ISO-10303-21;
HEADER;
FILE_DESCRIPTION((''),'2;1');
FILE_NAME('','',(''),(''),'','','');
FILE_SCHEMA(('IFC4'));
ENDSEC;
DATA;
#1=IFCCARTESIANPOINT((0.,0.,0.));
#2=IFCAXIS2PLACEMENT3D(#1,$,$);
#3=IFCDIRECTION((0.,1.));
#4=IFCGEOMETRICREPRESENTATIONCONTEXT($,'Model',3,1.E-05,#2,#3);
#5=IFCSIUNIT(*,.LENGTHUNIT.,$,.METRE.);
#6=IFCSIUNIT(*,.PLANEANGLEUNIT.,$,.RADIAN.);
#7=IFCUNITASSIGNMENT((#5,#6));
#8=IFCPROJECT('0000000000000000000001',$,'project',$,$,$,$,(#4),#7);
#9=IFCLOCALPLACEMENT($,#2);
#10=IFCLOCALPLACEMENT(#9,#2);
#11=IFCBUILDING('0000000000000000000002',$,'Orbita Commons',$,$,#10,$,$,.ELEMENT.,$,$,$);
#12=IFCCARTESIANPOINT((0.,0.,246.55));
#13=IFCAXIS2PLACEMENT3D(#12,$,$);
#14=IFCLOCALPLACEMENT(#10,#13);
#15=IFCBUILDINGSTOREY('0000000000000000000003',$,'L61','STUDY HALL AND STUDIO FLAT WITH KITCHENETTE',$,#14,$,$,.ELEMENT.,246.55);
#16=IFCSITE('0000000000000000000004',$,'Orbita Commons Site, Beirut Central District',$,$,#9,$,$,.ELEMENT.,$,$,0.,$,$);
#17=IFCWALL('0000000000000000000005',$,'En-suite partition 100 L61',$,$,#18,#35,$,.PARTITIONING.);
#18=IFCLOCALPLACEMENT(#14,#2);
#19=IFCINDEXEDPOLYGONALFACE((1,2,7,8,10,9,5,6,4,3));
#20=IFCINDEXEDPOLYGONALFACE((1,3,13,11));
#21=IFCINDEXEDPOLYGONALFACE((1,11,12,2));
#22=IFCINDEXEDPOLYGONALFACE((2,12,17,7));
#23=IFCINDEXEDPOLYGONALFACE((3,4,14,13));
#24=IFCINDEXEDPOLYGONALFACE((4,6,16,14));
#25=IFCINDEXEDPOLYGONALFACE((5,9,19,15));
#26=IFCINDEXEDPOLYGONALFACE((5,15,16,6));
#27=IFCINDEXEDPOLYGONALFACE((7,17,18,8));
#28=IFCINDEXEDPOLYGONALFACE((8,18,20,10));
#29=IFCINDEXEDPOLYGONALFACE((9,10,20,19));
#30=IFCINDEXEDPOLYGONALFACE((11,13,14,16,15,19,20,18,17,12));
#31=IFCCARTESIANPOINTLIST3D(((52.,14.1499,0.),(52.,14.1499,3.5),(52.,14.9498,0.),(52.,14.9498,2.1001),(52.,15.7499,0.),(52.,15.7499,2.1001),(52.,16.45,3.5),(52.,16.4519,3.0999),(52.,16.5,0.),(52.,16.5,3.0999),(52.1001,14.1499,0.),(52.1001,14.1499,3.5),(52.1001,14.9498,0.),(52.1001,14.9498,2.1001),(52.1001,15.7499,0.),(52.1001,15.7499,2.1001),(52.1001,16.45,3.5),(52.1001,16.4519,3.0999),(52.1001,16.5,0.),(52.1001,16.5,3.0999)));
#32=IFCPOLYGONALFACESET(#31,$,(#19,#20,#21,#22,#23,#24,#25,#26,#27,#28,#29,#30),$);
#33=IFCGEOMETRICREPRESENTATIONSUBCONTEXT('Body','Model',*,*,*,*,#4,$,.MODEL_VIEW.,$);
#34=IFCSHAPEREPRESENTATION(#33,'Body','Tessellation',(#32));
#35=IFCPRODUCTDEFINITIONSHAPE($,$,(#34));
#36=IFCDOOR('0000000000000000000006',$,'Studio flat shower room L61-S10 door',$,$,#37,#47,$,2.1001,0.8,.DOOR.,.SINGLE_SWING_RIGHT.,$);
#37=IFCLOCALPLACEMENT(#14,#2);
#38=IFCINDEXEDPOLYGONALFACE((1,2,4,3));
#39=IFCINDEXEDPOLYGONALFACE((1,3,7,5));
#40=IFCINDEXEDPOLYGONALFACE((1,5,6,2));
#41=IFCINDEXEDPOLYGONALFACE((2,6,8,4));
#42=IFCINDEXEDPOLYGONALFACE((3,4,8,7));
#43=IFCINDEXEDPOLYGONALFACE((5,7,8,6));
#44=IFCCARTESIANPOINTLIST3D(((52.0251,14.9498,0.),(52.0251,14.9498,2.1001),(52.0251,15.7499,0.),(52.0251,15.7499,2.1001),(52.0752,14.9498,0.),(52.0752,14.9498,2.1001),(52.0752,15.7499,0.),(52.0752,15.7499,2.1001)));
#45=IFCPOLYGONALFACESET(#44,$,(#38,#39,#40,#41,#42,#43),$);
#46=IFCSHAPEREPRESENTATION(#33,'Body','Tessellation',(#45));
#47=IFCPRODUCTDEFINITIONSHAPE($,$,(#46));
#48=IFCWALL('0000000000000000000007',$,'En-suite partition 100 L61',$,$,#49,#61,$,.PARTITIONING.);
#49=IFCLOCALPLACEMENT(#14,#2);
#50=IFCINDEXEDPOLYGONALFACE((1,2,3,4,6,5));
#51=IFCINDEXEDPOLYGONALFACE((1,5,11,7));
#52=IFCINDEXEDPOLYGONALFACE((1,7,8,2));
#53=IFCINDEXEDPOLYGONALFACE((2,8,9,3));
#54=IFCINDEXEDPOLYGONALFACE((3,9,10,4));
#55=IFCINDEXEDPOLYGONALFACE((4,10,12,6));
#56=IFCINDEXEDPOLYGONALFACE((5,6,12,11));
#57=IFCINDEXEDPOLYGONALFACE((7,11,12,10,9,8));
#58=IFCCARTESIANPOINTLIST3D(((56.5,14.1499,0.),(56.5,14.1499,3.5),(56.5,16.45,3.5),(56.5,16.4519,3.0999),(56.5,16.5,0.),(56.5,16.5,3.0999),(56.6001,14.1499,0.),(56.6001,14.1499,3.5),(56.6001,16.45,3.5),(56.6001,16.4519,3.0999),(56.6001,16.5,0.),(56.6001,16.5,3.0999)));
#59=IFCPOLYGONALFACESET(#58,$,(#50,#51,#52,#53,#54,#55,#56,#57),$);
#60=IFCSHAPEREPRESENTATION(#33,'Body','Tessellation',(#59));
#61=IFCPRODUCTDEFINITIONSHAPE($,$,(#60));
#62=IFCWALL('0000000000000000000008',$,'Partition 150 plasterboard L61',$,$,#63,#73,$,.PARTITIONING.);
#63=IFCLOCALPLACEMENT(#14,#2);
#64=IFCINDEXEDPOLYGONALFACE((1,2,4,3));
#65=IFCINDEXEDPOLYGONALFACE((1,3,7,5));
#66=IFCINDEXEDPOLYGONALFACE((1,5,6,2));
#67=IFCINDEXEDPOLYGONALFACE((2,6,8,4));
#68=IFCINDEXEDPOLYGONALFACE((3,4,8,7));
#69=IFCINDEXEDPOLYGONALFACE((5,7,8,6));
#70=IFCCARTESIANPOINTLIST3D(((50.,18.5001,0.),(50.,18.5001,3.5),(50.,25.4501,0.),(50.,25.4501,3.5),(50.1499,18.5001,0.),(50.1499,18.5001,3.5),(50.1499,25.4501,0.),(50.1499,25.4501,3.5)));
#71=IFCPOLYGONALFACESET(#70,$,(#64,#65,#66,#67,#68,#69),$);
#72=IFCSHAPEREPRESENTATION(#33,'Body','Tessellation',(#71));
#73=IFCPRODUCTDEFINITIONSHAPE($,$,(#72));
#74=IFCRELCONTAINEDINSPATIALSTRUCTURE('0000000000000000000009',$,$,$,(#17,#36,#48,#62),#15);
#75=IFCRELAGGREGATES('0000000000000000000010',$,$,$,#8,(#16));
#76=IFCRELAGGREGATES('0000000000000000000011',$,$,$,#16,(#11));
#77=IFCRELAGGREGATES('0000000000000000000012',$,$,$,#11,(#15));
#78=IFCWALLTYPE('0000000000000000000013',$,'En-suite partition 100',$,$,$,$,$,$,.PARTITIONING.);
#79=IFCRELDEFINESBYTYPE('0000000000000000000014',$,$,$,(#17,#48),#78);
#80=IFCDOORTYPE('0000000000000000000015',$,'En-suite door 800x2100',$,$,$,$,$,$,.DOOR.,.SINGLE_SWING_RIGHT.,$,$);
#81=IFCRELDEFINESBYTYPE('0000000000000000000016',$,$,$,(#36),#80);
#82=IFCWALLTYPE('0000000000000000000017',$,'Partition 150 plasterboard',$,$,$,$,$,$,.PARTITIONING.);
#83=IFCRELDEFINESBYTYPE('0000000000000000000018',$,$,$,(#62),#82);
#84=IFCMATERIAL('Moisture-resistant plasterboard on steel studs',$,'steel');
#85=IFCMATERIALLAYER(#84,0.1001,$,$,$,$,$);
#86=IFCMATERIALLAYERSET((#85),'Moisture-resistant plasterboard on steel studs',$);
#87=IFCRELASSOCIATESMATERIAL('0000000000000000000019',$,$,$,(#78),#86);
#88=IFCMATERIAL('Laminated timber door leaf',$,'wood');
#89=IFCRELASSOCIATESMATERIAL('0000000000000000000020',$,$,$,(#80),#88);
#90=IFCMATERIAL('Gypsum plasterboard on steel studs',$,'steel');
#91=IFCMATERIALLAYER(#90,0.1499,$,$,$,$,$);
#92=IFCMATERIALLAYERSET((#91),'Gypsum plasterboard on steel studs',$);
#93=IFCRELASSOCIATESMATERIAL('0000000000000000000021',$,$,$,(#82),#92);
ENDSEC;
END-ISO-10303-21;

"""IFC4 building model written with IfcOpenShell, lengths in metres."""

from ifc_helpers import new_model, si_unit, direction, frame, frame_2d, origin, place, context, subcontext, project, spatial, polyline, rectangle, outline, extrude, material, layer, layer_set, type_object, element, fill, save


model = new_model("IFC4")

# Units and contexts
model_context = context("Model", 3, precision=1e-05, world=origin(), true_north=direction((0.0, 1.0)))
body_context = subcontext(model_context, "Body", "Model", "MODEL_VIEW")
ifc_project = project(units=[si_unit("LENGTHUNIT", "METRE"), si_unit("PLANEANGLEUNIT", "RADIAN")], contexts=[model_context])

# Site, building, storey
site_placement = place(None, origin())
site = spatial("IfcSite", under=ifc_project, at=site_placement, Name="Orbita Commons Site, Beirut Central District", CompositionType="ELEMENT", RefElevation=0.0)
building_placement = place(site_placement, origin())
building = spatial("IfcBuilding", under=site, at=building_placement, Name="Orbita Commons", CompositionType="ELEMENT")
storey_placement = place(building_placement, frame((0.0, 0.0, 246.55)))
storey = spatial("IfcBuildingStorey", under=building, at=storey_placement, Name="L61", Description="STUDY HALL AND STUDIO FLAT WITH KITCHENETTE", CompositionType="ELEMENT", Elevation=246.55)

# Shared definitions
ifc_material_1 = material(Name="Moisture-resistant plasterboard on steel studs", Category="steel")
ifc_layer_1 = layer(ifc_material_1, 0.1001)
ifc_layer_set_1 = layer_set([ifc_layer_1], Name="Moisture-resistant plasterboard on steel studs")
wall_type_1 = type_object("IfcWallType", Name="En-suite partition 100", PredefinedType="PARTITIONING", material=ifc_layer_set_1)
ifc_material_2 = material(Name="Laminated timber door leaf", Category="wood")
door_type_1 = type_object("IfcDoorType", Name="En-suite door 800x2100", OperationType="SINGLE_SWING_RIGHT", PredefinedType="DOOR", material=ifc_material_2)

# Wall, opening, door
wall_1_placement = place(storey_placement, frame((52.05, 14.1499, 0.0), z_axis=(0.0, 0.0, 1.0), x_axis=(0.0, 1.0, 0.0)))
wall_1 = element("IfcWall", 1, at=wall_1_placement, inside=storey, type_object=wall_type_1, Name="En-suite partition 100 L61", PredefinedType="PARTITIONING", context=body_context, shape_type="SweptSolid", body=[
    extrude(outline(polyline([(0.0, 0.0), (2.3501, 0.0), (2.3501, 3.0999), (2.302, 3.0999), (2.3, 3.5), (0.0, 3.5), (0.0, 0.0)])), frame((0.0, 0.05, 0.0), z_axis=(0.0, -1.0, 0.0), x_axis=(1.0, 0.0, 0.0)), (0.0, 0.0, 1.0), 0.1001),
])
opening_1_placement = place(wall_1_placement, frame((0.8, 0.0, 0.0)))
opening_1 = element("IfcOpeningElement", 2, at=opening_1_placement, cuts=wall_1, PredefinedType="OPENING", context=body_context, shape_type="SweptSolid", body=[
    extrude(rectangle(XDim=0.8, YDim=2.1001, at=frame_2d((0.3999, 1.05))), frame((0.0, 0.0601, 0.0), z_axis=(0.0, -1.0, 0.0), x_axis=(1.0, 0.0, 0.0)), (0.0, 0.0, 1.0), 0.1201),
])
door_1_placement = place(opening_1_placement, origin())
door_1 = element("IfcDoor", 3, at=door_1_placement, inside=storey, type_object=door_type_1, Name="Studio flat shower room L61-S10 door", OperationType="SINGLE_SWING_RIGHT", OverallHeight=2.1001, OverallWidth=0.8, PredefinedType="DOOR", context=body_context, shape_type="SweptSolid", body=[
    extrude(rectangle(XDim=0.8, YDim=2.1001, at=frame_2d((0.3999, 1.05))), frame((0.0, 0.0249, 0.0), z_axis=(0.0, -1.0, 0.0), x_axis=(1.0, 0.0, 0.0)), (0.0, 0.0, 1.0), 0.05),
])
fill(opening_1, door_1)

# Walls
wall_2_placement = place(storey_placement, frame((56.55, 14.1499, 0.0), z_axis=(0.0, 0.0, 1.0), x_axis=(0.0, 1.0, 0.0)))
element("IfcWall", 4, at=wall_2_placement, inside=storey, type_object=wall_type_1, Name="En-suite partition 100 L61", PredefinedType="PARTITIONING", context=body_context, shape_type="SweptSolid", body=[
    extrude(outline(polyline([(0.0, 0.0), (2.3501, 0.0), (2.3501, 3.0999), (2.302, 3.0999), (2.3, 3.5), (0.0, 3.5), (0.0, 0.0)])), frame((0.0, 0.05, 0.0), z_axis=(0.0, -1.0, 0.0), x_axis=(1.0, 0.0, 0.0)), (0.0, 0.0, 1.0), 0.1001),
])
ifc_material_3 = material(Name="Gypsum plasterboard on steel studs", Category="steel")
ifc_layer_2 = layer(ifc_material_3, 0.1499)
ifc_layer_set_2 = layer_set([ifc_layer_2], Name="Gypsum plasterboard on steel studs")
wall_type_2 = type_object("IfcWallType", Name="Partition 150 plasterboard", PredefinedType="PARTITIONING", material=ifc_layer_set_2)
wall_3_placement = place(storey_placement, frame((50.075, 18.5, 0.0), z_axis=(0.0, 0.0, 1.0), x_axis=(0.0, 1.0, 0.0)))
element("IfcWall", 5, at=wall_3_placement, inside=storey, type_object=wall_type_2, Name="Partition 150 plasterboard L61", PredefinedType="PARTITIONING", context=body_context, shape_type="SweptSolid", body=[
    extrude(rectangle(XDim=6.95, YDim=0.1499, at=frame_2d((3.4751, 0.0))), origin(), (0.0, 0.0, 1.0), 3.5),
])

save(model, "model.ifc")
